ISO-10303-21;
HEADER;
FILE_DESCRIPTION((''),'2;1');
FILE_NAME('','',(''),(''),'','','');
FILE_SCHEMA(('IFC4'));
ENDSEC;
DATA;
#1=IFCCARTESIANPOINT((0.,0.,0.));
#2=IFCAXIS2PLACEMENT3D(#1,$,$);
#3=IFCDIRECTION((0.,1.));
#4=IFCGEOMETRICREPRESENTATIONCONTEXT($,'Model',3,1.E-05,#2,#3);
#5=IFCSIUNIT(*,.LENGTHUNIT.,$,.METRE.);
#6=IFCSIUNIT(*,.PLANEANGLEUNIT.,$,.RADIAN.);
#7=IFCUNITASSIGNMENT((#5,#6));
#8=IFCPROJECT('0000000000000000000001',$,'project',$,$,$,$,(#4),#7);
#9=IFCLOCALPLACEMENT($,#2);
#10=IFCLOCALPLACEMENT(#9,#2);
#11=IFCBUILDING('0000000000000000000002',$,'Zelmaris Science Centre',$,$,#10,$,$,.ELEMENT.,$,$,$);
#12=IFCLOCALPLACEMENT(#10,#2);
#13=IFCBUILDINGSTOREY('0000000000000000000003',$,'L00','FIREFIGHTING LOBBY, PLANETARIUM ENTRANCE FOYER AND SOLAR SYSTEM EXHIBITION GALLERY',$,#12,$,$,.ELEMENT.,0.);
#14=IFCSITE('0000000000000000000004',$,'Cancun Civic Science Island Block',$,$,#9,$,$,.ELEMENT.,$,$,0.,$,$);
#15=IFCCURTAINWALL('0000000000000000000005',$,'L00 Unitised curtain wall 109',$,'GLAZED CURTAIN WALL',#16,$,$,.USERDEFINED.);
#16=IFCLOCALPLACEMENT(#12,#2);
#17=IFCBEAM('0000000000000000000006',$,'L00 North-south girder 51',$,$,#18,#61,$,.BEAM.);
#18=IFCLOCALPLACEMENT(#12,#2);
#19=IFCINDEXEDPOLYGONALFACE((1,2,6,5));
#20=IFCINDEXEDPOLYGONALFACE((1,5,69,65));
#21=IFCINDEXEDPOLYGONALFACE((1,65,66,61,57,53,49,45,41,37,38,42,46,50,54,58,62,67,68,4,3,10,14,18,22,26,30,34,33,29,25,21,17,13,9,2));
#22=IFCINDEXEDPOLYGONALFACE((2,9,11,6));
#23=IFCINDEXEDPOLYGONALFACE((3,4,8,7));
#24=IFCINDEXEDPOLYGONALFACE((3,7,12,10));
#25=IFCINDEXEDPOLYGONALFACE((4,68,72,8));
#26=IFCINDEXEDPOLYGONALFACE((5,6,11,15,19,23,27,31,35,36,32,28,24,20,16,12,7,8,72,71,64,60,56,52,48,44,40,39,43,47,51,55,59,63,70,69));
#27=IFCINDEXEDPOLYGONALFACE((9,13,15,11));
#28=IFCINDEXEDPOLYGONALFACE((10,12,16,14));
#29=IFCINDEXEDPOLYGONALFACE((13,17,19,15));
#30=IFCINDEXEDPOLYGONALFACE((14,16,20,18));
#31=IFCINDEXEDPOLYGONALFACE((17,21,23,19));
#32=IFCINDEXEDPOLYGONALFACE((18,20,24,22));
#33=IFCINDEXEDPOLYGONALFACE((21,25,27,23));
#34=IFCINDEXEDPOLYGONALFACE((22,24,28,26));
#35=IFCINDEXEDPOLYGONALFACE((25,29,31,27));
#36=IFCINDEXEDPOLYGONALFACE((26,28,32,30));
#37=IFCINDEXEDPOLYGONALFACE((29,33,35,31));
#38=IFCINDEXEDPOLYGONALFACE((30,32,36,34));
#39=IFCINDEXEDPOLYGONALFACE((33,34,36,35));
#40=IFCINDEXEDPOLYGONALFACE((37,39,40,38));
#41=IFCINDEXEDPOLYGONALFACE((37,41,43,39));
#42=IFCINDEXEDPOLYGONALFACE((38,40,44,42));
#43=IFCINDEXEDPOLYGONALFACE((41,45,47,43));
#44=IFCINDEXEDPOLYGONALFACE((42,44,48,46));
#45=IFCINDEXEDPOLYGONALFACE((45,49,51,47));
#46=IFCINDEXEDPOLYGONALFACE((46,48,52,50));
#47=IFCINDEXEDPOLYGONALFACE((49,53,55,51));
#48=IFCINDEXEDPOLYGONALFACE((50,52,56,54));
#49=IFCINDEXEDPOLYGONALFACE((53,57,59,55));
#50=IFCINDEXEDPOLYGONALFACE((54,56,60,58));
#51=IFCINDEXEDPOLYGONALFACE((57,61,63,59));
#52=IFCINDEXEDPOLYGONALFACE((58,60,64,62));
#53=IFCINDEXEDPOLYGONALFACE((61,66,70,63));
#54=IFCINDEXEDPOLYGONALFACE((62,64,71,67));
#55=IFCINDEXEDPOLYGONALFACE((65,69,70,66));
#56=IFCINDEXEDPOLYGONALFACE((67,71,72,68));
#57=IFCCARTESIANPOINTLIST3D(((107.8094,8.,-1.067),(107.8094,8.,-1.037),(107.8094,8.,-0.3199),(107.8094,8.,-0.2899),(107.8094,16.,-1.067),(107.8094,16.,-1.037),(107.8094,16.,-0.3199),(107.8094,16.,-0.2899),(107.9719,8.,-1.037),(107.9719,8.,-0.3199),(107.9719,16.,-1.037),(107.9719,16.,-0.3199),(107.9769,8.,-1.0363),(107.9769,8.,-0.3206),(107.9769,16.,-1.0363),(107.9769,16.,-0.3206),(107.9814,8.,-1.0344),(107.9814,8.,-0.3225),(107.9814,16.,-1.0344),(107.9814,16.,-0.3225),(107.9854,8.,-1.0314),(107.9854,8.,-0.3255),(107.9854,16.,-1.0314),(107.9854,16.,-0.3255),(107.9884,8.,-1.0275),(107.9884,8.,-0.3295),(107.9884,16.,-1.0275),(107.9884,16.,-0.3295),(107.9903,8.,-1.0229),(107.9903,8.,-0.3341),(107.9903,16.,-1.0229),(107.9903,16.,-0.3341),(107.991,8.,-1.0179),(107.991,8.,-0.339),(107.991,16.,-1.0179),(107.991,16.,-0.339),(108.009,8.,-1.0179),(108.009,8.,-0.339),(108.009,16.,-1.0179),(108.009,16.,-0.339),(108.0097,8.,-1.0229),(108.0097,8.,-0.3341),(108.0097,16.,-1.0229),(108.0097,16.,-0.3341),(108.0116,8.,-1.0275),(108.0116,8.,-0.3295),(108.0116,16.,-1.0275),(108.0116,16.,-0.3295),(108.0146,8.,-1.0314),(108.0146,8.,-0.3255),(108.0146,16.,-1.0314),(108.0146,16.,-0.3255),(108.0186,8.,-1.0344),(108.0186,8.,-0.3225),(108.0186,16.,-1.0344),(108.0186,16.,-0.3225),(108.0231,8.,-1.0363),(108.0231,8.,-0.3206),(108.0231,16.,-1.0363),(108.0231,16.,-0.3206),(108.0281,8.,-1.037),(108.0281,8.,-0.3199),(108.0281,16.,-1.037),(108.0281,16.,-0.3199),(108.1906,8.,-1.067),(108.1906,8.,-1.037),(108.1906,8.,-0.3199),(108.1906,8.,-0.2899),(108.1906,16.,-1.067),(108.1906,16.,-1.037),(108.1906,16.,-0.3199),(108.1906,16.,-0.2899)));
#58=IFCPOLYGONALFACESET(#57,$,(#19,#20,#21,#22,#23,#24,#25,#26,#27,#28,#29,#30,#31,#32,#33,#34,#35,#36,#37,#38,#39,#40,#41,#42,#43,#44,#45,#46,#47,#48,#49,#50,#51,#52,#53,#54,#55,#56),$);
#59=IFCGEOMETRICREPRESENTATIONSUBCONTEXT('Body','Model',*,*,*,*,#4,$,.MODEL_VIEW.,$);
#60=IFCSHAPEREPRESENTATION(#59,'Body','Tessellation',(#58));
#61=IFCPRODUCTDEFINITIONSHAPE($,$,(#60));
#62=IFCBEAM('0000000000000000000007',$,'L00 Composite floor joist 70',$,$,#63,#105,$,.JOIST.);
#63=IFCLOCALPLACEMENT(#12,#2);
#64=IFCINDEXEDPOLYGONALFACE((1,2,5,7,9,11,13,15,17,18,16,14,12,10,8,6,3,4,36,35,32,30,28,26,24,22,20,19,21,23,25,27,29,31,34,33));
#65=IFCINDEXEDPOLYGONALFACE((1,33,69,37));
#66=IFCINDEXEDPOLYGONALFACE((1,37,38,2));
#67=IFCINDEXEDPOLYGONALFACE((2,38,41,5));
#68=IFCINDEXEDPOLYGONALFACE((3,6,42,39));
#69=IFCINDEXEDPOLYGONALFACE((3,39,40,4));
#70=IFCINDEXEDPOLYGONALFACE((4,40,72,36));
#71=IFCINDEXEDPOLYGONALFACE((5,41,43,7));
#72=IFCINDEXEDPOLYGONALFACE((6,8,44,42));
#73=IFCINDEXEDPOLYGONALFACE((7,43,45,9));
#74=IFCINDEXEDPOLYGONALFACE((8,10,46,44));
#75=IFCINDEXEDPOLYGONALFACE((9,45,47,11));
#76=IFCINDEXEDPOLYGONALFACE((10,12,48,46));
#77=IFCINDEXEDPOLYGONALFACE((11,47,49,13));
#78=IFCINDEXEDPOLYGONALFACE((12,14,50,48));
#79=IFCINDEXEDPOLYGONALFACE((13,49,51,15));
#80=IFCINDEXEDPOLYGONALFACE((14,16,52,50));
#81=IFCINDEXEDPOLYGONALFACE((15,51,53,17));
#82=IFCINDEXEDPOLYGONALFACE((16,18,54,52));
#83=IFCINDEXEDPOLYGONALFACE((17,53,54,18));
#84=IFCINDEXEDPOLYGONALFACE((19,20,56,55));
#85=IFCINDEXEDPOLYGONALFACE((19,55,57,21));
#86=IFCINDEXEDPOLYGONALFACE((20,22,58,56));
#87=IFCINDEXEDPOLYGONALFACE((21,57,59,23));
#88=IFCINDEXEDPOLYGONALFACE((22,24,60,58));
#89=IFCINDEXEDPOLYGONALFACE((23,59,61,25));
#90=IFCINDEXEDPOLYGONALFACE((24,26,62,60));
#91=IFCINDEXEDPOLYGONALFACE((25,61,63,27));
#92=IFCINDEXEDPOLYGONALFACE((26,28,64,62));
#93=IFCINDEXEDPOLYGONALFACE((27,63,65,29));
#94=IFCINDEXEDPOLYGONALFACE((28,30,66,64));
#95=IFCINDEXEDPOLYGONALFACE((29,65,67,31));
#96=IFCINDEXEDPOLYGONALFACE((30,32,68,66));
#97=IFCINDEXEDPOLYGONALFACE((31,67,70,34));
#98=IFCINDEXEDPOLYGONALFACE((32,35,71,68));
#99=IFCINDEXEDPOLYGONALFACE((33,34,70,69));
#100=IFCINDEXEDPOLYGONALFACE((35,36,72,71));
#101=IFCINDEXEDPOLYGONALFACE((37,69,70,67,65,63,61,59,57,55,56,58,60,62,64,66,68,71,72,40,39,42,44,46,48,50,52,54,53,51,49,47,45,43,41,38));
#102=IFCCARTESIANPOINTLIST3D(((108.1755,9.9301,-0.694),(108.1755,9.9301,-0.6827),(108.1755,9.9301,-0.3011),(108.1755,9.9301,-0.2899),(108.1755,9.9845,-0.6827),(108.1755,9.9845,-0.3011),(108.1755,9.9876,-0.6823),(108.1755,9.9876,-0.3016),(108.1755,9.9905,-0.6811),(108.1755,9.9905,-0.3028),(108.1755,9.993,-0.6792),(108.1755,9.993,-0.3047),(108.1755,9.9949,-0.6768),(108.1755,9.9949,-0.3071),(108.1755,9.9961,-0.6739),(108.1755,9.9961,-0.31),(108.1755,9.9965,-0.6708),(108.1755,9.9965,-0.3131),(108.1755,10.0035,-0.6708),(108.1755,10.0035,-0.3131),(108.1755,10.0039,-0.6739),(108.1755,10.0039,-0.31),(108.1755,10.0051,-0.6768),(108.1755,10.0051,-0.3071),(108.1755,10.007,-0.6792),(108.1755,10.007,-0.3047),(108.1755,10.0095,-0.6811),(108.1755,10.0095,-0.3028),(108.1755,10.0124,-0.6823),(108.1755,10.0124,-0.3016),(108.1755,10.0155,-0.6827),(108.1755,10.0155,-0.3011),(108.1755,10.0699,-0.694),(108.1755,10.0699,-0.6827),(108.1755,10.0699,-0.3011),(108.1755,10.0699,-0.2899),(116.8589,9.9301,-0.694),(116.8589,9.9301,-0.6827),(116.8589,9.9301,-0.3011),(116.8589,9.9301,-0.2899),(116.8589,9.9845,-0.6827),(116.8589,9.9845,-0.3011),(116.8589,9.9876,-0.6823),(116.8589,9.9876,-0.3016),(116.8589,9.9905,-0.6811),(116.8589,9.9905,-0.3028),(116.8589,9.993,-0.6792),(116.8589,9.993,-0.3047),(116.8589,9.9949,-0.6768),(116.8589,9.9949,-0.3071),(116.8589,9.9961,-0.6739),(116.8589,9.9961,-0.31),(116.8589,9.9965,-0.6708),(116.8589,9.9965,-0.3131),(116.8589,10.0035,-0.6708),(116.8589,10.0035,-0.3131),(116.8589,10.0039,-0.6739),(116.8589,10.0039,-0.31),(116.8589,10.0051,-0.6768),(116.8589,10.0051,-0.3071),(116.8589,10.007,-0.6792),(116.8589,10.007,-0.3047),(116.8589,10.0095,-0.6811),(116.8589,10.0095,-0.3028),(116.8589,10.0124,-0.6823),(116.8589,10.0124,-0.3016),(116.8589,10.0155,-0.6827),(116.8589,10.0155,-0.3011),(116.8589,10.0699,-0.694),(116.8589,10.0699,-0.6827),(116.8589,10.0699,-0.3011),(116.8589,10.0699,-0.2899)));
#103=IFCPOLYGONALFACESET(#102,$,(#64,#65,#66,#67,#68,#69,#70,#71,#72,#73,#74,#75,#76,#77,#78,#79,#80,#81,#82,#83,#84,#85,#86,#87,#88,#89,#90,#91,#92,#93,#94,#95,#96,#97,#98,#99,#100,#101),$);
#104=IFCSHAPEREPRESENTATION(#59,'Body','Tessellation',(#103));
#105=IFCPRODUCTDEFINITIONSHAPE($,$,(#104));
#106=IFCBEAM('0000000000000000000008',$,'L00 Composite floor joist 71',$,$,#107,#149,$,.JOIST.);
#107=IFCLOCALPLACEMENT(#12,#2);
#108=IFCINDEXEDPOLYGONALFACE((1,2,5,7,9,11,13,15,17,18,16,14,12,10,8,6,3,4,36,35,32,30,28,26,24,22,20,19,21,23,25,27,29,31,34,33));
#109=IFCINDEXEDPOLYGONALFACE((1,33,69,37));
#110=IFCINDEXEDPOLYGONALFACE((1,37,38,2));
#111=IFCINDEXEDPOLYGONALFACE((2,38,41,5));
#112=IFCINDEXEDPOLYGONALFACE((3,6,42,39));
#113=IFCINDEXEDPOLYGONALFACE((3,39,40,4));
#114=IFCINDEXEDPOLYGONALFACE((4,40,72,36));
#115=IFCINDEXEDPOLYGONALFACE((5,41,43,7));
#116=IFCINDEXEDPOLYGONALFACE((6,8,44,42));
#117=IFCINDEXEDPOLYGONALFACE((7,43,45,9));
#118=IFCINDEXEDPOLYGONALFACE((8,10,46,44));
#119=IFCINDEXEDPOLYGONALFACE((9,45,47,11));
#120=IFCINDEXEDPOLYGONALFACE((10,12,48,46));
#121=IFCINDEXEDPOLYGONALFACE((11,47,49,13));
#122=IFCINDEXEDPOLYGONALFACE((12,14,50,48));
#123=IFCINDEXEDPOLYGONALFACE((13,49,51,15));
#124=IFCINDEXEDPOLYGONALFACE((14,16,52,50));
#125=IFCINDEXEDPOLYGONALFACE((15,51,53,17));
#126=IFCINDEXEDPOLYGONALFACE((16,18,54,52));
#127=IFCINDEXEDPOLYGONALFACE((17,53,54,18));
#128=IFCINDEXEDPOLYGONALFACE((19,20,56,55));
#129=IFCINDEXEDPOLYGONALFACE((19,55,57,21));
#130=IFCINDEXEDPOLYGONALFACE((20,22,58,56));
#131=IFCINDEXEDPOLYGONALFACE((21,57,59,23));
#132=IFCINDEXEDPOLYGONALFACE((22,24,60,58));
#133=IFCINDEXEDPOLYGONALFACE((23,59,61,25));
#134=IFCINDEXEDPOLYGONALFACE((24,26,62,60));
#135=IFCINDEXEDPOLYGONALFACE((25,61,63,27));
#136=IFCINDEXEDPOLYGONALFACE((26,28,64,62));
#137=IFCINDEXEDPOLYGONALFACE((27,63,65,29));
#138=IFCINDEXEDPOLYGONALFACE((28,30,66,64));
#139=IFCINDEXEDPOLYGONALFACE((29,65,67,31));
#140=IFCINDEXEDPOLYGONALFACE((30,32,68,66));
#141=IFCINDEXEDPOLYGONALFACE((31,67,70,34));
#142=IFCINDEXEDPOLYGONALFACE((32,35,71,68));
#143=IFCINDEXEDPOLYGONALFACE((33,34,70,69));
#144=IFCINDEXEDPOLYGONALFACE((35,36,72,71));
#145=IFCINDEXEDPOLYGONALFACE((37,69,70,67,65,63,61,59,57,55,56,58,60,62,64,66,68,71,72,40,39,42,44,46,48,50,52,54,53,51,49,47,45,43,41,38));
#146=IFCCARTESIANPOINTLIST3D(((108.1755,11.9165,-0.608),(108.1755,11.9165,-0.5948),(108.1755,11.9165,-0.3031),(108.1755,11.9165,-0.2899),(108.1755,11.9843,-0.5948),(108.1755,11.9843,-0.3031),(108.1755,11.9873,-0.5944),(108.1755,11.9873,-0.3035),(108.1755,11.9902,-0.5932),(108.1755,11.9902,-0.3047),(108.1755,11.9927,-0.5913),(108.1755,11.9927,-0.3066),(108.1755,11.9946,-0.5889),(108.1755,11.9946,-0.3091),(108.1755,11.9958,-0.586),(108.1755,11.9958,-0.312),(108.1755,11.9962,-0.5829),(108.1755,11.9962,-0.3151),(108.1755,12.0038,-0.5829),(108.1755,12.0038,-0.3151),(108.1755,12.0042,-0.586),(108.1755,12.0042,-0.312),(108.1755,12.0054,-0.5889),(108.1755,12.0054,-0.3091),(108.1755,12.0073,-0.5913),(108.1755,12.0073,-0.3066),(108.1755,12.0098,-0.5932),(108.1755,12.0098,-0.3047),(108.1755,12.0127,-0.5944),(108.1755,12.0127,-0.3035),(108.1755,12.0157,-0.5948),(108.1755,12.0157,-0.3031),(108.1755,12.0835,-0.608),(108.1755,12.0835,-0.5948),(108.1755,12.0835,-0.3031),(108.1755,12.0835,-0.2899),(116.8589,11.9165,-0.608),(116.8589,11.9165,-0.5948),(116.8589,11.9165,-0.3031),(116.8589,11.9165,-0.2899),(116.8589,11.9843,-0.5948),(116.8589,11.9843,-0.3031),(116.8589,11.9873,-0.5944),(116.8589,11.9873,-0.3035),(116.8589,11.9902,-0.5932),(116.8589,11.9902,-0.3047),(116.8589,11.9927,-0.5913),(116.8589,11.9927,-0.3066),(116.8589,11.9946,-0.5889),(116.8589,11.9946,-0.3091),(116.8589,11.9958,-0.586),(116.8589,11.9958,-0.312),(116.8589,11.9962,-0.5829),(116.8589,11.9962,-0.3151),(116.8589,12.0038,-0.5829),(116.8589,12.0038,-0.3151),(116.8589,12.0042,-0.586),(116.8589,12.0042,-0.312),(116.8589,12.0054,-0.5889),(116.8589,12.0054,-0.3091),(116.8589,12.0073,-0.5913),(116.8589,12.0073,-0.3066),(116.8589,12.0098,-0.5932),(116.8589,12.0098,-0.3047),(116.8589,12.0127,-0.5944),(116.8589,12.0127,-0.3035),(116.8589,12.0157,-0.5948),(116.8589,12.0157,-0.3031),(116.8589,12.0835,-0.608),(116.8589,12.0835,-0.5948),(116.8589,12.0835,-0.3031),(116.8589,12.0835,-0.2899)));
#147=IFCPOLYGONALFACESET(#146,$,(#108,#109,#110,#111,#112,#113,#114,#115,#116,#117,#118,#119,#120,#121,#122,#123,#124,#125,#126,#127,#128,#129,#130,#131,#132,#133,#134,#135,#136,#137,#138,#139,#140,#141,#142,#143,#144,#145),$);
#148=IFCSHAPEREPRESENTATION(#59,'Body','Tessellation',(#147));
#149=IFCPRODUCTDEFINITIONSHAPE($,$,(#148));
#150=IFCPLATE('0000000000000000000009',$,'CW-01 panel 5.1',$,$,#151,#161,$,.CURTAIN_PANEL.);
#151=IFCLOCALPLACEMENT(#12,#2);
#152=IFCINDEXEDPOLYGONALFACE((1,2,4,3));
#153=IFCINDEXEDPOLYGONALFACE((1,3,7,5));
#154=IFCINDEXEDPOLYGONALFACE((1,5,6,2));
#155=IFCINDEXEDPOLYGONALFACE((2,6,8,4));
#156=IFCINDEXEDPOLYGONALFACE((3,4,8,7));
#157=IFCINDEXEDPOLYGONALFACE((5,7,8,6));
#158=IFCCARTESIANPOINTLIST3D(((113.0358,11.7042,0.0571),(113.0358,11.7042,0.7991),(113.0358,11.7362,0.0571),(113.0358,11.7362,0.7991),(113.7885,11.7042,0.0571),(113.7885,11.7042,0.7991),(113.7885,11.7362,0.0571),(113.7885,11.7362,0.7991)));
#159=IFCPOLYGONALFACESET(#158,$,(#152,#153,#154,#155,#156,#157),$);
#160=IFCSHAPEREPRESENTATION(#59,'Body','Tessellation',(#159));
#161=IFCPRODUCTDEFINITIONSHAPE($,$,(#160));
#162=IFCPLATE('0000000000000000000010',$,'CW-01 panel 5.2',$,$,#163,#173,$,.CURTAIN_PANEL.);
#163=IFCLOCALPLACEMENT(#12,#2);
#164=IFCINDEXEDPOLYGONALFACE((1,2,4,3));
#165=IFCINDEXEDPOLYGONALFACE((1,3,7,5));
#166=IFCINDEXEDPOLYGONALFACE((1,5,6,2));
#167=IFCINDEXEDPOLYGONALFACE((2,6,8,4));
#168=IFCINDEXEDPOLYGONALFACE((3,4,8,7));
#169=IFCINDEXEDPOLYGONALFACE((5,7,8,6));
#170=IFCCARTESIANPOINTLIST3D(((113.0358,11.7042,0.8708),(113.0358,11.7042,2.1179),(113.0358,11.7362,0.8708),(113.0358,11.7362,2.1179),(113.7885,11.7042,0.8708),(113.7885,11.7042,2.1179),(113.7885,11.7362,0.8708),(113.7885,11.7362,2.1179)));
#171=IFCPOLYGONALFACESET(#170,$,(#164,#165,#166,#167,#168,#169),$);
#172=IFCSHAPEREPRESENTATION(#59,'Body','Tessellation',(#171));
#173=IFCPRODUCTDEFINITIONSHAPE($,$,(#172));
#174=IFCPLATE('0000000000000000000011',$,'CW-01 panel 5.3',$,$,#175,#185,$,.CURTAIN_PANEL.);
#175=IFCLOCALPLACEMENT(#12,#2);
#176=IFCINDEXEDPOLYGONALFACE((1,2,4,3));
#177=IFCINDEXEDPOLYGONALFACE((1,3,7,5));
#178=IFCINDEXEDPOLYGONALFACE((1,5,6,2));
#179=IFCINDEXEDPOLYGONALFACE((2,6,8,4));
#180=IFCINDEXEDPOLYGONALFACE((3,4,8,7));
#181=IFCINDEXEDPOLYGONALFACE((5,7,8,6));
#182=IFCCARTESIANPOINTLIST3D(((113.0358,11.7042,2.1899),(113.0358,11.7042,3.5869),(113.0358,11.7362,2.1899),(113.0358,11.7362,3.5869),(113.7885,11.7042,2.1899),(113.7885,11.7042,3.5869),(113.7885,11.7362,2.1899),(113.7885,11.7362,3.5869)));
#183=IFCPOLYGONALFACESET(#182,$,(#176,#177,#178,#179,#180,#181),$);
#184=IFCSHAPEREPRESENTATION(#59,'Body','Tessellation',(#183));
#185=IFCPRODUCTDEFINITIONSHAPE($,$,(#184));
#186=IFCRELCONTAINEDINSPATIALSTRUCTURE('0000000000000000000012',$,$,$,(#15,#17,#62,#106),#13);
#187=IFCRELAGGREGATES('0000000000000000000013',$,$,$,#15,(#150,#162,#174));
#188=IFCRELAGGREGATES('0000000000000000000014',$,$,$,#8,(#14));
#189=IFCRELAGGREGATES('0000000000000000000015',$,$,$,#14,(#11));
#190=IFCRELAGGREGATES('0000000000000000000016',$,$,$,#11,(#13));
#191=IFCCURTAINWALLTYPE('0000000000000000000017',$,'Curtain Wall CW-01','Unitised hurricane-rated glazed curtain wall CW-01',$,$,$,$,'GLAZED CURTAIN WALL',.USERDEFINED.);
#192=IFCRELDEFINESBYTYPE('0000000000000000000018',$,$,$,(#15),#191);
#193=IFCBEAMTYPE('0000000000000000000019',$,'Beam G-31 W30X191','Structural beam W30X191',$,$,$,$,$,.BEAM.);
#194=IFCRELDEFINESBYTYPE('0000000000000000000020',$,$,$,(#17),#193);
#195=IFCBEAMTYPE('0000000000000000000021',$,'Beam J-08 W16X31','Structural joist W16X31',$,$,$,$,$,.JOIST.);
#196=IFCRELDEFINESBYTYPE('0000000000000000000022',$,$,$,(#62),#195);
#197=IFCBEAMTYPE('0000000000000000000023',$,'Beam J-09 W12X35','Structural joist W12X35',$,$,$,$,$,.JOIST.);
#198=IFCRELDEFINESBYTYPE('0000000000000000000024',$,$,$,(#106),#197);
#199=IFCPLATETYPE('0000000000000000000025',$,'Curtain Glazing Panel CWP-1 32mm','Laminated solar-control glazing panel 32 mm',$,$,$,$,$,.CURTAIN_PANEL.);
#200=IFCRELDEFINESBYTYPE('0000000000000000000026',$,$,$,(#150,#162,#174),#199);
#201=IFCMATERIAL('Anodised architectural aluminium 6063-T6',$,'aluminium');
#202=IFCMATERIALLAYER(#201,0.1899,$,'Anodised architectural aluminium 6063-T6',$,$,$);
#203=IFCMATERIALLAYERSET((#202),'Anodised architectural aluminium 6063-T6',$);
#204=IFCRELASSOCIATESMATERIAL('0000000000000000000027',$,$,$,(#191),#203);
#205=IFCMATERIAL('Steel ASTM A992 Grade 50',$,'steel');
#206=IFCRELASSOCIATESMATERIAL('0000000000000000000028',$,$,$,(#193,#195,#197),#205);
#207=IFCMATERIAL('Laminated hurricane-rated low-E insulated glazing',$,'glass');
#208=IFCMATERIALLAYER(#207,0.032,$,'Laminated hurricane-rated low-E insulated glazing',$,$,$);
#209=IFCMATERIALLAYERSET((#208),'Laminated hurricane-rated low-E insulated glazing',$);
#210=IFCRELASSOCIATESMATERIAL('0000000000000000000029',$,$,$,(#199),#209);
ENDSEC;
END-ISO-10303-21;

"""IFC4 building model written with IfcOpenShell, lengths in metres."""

from ifc_helpers import new_model, si_unit, direction, frame, origin, origin_2d, place, context, subcontext, project, spatial, rectangle, i_section, extrude, material, layer, layer_set, material_profile, profile_set, type_object, element, aggregate, save


model = new_model("IFC4")

# Units and contexts
model_context = context("Model", 3, precision=1e-05, world=origin(), true_north=direction((0.0, 1.0)))
body_context = subcontext(model_context, "Body", "Model", "MODEL_VIEW")
ifc_project = project(units=[si_unit("LENGTHUNIT", "METRE"), si_unit("PLANEANGLEUNIT", "RADIAN")], contexts=[model_context])

# Site, building, storey
site_placement = place(None, origin())
site = spatial("IfcSite", under=ifc_project, at=site_placement, Name="Cancun Civic Science Island Block", CompositionType="ELEMENT", RefElevation=0.0)
building_placement = place(site_placement, origin())
building = spatial("IfcBuilding", under=site, at=building_placement, Name="Zelmaris Science Centre", CompositionType="ELEMENT")
storey_placement = place(building_placement, origin())
storey = spatial("IfcBuildingStorey", under=building, at=storey_placement, Name="L00", Description="FIREFIGHTING LOBBY, PLANETARIUM ENTRANCE FOYER AND SOLAR SYSTEM EXHIBITION GALLERY", CompositionType="ELEMENT", Elevation=0.0)

# Shared definitions
ifc_material_1 = material(Name="Anodised architectural aluminium 6063-T6", Category="aluminium")

# Curtain wall
ifc_layer_1 = layer(ifc_material_1, 0.1899, Name="Anodised architectural aluminium 6063-T6")
ifc_layer_set_1 = layer_set([ifc_layer_1], Name="Anodised architectural aluminium 6063-T6")
curtain_wall_type_1 = type_object("IfcCurtainWallType", Name="Curtain Wall CW-01", Description="Unitised hurricane-rated glazed curtain wall CW-01", ElementType="GLAZED CURTAIN WALL", PredefinedType="USERDEFINED", material=ifc_layer_set_1)
curtain_wall_1_placement = place(storey_placement, origin())
curtain_wall_1 = element("IfcCurtainWall", 1, at=curtain_wall_1_placement, inside=storey, type_object=curtain_wall_type_1, Name="L00 Unitised curtain wall 109", ObjectType="GLAZED CURTAIN WALL", PredefinedType="USERDEFINED")

# Beams
ifc_material_2 = material(Name="Steel ASTM A992 Grade 50", Category="steel")
ifc_material_profile_1 = material_profile(ifc_material_2, i_section(OverallWidth=0.3811, OverallDepth=0.7771, WebThickness=0.0181, FlangeThickness=0.03, FilletRadius=0.019, at=origin_2d()), Name="W30X191")
ifc_profile_set_1 = profile_set([ifc_material_profile_1], Name="Steel ASTM A992 Grade 50")
beam_type_1 = type_object("IfcBeamType", Name="Beam G-31 W30X191", Description="Structural beam W30X191", PredefinedType="BEAM", material=ifc_profile_set_1)
beam_1_placement = place(storey_placement, frame((108.0, 8.0, -0.6785), z_axis=(0.0, 1.0, 0.0), x_axis=(-1.0, 0.0, 0.0)))
element("IfcBeam", 2, at=beam_1_placement, inside=storey, type_object=beam_type_1, Name="L00 North-south girder 51", PredefinedType="BEAM", context=body_context, shape_type="SweptSolid", body=[
    extrude(i_section(OverallWidth=0.3811, OverallDepth=0.7771, WebThickness=0.0181, FlangeThickness=0.03, FilletRadius=0.019, at=origin_2d()), origin(), (0.0, 0.0, 1.0), 8.0),
])
ifc_material_profile_2 = material_profile(ifc_material_2, i_section(OverallWidth=0.1399, OverallDepth=0.4041, WebThickness=0.0071, FlangeThickness=0.0112, FilletRadius=0.012, at=origin_2d()), Name="W16X31")
ifc_profile_set_2 = profile_set([ifc_material_profile_2], Name="Steel ASTM A992 Grade 50")
beam_type_2 = type_object("IfcBeamType", Name="Beam J-08 W16X31", Description="Structural joist W16X31", PredefinedType="JOIST", material=ifc_profile_set_2)
beam_2_placement = place(storey_placement, frame((108.1755, 10.0, -0.4919), z_axis=(1.0, 0.0, 0.0), x_axis=(0.0, 1.0, 0.0)))
element("IfcBeam", 3, at=beam_2_placement, inside=storey, type_object=beam_type_2, Name="L00 Composite floor joist 70", PredefinedType="JOIST", context=body_context, shape_type="SweptSolid", body=[
    extrude(i_section(OverallWidth=0.1399, OverallDepth=0.4041, WebThickness=0.0071, FlangeThickness=0.0112, FilletRadius=0.012, at=origin_2d()), origin(), (0.0, 0.0, 1.0), 8.6833),
])
ifc_material_profile_3 = material_profile(ifc_material_2, i_section(OverallWidth=0.167, OverallDepth=0.3181, WebThickness=0.0076, FlangeThickness=0.0132, FilletRadius=0.012, at=origin_2d()), Name="W12X35")
ifc_profile_set_3 = profile_set([ifc_material_profile_3], Name="Steel ASTM A992 Grade 50")
beam_type_3 = type_object("IfcBeamType", Name="Beam J-09 W12X35", Description="Structural joist W12X35", PredefinedType="JOIST", material=ifc_profile_set_3)
beam_3_placement = place(storey_placement, frame((108.1755, 12.0, -0.449), z_axis=(1.0, 0.0, 0.0), x_axis=(0.0, 1.0, 0.0)))
element("IfcBeam", 4, at=beam_3_placement, inside=storey, type_object=beam_type_3, Name="L00 Composite floor joist 71", PredefinedType="JOIST", context=body_context, shape_type="SweptSolid", body=[
    extrude(i_section(OverallWidth=0.167, OverallDepth=0.3181, WebThickness=0.0076, FlangeThickness=0.0132, FilletRadius=0.012, at=origin_2d()), origin(), (0.0, 0.0, 1.0), 8.6833),
])

# Plates
ifc_material_3 = material(Name="Laminated hurricane-rated low-E insulated glazing", Category="glass")
ifc_layer_2 = layer(ifc_material_3, 0.032, Name="Laminated hurricane-rated low-E insulated glazing")
ifc_layer_set_2 = layer_set([ifc_layer_2], Name="Laminated hurricane-rated low-E insulated glazing")
plate_type_1 = type_object("IfcPlateType", Name="Curtain Glazing Panel CWP-1 32mm", Description="Laminated solar-control glazing panel 32 mm", PredefinedType="CURTAIN_PANEL", material=ifc_layer_set_2)
plate_1_placement = place(storey_placement, frame((113.4121, 11.7202, 0.0571), z_axis=(0.0, 0.0, 1.0), x_axis=(-1.0, 0.0, 0.0)))
plate_1 = element("IfcPlate", 5, at=plate_1_placement, type_object=plate_type_1, Name="CW-01 panel 5.1", PredefinedType="CURTAIN_PANEL", context=body_context, shape_type="SweptSolid", body=[
    extrude(rectangle(XDim=0.7527, YDim=0.032, at=origin_2d()), origin(), (0.0, 0.0, 1.0), 0.7419),
])
plate_2_placement = place(storey_placement, frame((113.4121, 11.7202, 0.8708), z_axis=(0.0, 0.0, 1.0), x_axis=(-1.0, 0.0, 0.0)))
plate_2 = element("IfcPlate", 6, at=plate_2_placement, type_object=plate_type_1, Name="CW-01 panel 5.2", PredefinedType="CURTAIN_PANEL", context=body_context, shape_type="SweptSolid", body=[
    extrude(rectangle(XDim=0.7527, YDim=0.032, at=origin_2d()), origin(), (0.0, 0.0, 1.0), 1.2471),
])
plate_3_placement = place(storey_placement, frame((113.4121, 11.7202, 2.1899), z_axis=(0.0, 0.0, 1.0), x_axis=(-1.0, 0.0, 0.0)))
plate_3 = element("IfcPlate", 7, at=plate_3_placement, type_object=plate_type_1, Name="CW-01 panel 5.3", PredefinedType="CURTAIN_PANEL", context=body_context, shape_type="SweptSolid", body=[
    extrude(rectangle(XDim=0.7527, YDim=0.032, at=origin_2d()), origin(), (0.0, 0.0, 1.0), 1.397),
])
aggregate(curtain_wall_1, [plate_1, plate_2, plate_3])

save(model, "model.ifc")
